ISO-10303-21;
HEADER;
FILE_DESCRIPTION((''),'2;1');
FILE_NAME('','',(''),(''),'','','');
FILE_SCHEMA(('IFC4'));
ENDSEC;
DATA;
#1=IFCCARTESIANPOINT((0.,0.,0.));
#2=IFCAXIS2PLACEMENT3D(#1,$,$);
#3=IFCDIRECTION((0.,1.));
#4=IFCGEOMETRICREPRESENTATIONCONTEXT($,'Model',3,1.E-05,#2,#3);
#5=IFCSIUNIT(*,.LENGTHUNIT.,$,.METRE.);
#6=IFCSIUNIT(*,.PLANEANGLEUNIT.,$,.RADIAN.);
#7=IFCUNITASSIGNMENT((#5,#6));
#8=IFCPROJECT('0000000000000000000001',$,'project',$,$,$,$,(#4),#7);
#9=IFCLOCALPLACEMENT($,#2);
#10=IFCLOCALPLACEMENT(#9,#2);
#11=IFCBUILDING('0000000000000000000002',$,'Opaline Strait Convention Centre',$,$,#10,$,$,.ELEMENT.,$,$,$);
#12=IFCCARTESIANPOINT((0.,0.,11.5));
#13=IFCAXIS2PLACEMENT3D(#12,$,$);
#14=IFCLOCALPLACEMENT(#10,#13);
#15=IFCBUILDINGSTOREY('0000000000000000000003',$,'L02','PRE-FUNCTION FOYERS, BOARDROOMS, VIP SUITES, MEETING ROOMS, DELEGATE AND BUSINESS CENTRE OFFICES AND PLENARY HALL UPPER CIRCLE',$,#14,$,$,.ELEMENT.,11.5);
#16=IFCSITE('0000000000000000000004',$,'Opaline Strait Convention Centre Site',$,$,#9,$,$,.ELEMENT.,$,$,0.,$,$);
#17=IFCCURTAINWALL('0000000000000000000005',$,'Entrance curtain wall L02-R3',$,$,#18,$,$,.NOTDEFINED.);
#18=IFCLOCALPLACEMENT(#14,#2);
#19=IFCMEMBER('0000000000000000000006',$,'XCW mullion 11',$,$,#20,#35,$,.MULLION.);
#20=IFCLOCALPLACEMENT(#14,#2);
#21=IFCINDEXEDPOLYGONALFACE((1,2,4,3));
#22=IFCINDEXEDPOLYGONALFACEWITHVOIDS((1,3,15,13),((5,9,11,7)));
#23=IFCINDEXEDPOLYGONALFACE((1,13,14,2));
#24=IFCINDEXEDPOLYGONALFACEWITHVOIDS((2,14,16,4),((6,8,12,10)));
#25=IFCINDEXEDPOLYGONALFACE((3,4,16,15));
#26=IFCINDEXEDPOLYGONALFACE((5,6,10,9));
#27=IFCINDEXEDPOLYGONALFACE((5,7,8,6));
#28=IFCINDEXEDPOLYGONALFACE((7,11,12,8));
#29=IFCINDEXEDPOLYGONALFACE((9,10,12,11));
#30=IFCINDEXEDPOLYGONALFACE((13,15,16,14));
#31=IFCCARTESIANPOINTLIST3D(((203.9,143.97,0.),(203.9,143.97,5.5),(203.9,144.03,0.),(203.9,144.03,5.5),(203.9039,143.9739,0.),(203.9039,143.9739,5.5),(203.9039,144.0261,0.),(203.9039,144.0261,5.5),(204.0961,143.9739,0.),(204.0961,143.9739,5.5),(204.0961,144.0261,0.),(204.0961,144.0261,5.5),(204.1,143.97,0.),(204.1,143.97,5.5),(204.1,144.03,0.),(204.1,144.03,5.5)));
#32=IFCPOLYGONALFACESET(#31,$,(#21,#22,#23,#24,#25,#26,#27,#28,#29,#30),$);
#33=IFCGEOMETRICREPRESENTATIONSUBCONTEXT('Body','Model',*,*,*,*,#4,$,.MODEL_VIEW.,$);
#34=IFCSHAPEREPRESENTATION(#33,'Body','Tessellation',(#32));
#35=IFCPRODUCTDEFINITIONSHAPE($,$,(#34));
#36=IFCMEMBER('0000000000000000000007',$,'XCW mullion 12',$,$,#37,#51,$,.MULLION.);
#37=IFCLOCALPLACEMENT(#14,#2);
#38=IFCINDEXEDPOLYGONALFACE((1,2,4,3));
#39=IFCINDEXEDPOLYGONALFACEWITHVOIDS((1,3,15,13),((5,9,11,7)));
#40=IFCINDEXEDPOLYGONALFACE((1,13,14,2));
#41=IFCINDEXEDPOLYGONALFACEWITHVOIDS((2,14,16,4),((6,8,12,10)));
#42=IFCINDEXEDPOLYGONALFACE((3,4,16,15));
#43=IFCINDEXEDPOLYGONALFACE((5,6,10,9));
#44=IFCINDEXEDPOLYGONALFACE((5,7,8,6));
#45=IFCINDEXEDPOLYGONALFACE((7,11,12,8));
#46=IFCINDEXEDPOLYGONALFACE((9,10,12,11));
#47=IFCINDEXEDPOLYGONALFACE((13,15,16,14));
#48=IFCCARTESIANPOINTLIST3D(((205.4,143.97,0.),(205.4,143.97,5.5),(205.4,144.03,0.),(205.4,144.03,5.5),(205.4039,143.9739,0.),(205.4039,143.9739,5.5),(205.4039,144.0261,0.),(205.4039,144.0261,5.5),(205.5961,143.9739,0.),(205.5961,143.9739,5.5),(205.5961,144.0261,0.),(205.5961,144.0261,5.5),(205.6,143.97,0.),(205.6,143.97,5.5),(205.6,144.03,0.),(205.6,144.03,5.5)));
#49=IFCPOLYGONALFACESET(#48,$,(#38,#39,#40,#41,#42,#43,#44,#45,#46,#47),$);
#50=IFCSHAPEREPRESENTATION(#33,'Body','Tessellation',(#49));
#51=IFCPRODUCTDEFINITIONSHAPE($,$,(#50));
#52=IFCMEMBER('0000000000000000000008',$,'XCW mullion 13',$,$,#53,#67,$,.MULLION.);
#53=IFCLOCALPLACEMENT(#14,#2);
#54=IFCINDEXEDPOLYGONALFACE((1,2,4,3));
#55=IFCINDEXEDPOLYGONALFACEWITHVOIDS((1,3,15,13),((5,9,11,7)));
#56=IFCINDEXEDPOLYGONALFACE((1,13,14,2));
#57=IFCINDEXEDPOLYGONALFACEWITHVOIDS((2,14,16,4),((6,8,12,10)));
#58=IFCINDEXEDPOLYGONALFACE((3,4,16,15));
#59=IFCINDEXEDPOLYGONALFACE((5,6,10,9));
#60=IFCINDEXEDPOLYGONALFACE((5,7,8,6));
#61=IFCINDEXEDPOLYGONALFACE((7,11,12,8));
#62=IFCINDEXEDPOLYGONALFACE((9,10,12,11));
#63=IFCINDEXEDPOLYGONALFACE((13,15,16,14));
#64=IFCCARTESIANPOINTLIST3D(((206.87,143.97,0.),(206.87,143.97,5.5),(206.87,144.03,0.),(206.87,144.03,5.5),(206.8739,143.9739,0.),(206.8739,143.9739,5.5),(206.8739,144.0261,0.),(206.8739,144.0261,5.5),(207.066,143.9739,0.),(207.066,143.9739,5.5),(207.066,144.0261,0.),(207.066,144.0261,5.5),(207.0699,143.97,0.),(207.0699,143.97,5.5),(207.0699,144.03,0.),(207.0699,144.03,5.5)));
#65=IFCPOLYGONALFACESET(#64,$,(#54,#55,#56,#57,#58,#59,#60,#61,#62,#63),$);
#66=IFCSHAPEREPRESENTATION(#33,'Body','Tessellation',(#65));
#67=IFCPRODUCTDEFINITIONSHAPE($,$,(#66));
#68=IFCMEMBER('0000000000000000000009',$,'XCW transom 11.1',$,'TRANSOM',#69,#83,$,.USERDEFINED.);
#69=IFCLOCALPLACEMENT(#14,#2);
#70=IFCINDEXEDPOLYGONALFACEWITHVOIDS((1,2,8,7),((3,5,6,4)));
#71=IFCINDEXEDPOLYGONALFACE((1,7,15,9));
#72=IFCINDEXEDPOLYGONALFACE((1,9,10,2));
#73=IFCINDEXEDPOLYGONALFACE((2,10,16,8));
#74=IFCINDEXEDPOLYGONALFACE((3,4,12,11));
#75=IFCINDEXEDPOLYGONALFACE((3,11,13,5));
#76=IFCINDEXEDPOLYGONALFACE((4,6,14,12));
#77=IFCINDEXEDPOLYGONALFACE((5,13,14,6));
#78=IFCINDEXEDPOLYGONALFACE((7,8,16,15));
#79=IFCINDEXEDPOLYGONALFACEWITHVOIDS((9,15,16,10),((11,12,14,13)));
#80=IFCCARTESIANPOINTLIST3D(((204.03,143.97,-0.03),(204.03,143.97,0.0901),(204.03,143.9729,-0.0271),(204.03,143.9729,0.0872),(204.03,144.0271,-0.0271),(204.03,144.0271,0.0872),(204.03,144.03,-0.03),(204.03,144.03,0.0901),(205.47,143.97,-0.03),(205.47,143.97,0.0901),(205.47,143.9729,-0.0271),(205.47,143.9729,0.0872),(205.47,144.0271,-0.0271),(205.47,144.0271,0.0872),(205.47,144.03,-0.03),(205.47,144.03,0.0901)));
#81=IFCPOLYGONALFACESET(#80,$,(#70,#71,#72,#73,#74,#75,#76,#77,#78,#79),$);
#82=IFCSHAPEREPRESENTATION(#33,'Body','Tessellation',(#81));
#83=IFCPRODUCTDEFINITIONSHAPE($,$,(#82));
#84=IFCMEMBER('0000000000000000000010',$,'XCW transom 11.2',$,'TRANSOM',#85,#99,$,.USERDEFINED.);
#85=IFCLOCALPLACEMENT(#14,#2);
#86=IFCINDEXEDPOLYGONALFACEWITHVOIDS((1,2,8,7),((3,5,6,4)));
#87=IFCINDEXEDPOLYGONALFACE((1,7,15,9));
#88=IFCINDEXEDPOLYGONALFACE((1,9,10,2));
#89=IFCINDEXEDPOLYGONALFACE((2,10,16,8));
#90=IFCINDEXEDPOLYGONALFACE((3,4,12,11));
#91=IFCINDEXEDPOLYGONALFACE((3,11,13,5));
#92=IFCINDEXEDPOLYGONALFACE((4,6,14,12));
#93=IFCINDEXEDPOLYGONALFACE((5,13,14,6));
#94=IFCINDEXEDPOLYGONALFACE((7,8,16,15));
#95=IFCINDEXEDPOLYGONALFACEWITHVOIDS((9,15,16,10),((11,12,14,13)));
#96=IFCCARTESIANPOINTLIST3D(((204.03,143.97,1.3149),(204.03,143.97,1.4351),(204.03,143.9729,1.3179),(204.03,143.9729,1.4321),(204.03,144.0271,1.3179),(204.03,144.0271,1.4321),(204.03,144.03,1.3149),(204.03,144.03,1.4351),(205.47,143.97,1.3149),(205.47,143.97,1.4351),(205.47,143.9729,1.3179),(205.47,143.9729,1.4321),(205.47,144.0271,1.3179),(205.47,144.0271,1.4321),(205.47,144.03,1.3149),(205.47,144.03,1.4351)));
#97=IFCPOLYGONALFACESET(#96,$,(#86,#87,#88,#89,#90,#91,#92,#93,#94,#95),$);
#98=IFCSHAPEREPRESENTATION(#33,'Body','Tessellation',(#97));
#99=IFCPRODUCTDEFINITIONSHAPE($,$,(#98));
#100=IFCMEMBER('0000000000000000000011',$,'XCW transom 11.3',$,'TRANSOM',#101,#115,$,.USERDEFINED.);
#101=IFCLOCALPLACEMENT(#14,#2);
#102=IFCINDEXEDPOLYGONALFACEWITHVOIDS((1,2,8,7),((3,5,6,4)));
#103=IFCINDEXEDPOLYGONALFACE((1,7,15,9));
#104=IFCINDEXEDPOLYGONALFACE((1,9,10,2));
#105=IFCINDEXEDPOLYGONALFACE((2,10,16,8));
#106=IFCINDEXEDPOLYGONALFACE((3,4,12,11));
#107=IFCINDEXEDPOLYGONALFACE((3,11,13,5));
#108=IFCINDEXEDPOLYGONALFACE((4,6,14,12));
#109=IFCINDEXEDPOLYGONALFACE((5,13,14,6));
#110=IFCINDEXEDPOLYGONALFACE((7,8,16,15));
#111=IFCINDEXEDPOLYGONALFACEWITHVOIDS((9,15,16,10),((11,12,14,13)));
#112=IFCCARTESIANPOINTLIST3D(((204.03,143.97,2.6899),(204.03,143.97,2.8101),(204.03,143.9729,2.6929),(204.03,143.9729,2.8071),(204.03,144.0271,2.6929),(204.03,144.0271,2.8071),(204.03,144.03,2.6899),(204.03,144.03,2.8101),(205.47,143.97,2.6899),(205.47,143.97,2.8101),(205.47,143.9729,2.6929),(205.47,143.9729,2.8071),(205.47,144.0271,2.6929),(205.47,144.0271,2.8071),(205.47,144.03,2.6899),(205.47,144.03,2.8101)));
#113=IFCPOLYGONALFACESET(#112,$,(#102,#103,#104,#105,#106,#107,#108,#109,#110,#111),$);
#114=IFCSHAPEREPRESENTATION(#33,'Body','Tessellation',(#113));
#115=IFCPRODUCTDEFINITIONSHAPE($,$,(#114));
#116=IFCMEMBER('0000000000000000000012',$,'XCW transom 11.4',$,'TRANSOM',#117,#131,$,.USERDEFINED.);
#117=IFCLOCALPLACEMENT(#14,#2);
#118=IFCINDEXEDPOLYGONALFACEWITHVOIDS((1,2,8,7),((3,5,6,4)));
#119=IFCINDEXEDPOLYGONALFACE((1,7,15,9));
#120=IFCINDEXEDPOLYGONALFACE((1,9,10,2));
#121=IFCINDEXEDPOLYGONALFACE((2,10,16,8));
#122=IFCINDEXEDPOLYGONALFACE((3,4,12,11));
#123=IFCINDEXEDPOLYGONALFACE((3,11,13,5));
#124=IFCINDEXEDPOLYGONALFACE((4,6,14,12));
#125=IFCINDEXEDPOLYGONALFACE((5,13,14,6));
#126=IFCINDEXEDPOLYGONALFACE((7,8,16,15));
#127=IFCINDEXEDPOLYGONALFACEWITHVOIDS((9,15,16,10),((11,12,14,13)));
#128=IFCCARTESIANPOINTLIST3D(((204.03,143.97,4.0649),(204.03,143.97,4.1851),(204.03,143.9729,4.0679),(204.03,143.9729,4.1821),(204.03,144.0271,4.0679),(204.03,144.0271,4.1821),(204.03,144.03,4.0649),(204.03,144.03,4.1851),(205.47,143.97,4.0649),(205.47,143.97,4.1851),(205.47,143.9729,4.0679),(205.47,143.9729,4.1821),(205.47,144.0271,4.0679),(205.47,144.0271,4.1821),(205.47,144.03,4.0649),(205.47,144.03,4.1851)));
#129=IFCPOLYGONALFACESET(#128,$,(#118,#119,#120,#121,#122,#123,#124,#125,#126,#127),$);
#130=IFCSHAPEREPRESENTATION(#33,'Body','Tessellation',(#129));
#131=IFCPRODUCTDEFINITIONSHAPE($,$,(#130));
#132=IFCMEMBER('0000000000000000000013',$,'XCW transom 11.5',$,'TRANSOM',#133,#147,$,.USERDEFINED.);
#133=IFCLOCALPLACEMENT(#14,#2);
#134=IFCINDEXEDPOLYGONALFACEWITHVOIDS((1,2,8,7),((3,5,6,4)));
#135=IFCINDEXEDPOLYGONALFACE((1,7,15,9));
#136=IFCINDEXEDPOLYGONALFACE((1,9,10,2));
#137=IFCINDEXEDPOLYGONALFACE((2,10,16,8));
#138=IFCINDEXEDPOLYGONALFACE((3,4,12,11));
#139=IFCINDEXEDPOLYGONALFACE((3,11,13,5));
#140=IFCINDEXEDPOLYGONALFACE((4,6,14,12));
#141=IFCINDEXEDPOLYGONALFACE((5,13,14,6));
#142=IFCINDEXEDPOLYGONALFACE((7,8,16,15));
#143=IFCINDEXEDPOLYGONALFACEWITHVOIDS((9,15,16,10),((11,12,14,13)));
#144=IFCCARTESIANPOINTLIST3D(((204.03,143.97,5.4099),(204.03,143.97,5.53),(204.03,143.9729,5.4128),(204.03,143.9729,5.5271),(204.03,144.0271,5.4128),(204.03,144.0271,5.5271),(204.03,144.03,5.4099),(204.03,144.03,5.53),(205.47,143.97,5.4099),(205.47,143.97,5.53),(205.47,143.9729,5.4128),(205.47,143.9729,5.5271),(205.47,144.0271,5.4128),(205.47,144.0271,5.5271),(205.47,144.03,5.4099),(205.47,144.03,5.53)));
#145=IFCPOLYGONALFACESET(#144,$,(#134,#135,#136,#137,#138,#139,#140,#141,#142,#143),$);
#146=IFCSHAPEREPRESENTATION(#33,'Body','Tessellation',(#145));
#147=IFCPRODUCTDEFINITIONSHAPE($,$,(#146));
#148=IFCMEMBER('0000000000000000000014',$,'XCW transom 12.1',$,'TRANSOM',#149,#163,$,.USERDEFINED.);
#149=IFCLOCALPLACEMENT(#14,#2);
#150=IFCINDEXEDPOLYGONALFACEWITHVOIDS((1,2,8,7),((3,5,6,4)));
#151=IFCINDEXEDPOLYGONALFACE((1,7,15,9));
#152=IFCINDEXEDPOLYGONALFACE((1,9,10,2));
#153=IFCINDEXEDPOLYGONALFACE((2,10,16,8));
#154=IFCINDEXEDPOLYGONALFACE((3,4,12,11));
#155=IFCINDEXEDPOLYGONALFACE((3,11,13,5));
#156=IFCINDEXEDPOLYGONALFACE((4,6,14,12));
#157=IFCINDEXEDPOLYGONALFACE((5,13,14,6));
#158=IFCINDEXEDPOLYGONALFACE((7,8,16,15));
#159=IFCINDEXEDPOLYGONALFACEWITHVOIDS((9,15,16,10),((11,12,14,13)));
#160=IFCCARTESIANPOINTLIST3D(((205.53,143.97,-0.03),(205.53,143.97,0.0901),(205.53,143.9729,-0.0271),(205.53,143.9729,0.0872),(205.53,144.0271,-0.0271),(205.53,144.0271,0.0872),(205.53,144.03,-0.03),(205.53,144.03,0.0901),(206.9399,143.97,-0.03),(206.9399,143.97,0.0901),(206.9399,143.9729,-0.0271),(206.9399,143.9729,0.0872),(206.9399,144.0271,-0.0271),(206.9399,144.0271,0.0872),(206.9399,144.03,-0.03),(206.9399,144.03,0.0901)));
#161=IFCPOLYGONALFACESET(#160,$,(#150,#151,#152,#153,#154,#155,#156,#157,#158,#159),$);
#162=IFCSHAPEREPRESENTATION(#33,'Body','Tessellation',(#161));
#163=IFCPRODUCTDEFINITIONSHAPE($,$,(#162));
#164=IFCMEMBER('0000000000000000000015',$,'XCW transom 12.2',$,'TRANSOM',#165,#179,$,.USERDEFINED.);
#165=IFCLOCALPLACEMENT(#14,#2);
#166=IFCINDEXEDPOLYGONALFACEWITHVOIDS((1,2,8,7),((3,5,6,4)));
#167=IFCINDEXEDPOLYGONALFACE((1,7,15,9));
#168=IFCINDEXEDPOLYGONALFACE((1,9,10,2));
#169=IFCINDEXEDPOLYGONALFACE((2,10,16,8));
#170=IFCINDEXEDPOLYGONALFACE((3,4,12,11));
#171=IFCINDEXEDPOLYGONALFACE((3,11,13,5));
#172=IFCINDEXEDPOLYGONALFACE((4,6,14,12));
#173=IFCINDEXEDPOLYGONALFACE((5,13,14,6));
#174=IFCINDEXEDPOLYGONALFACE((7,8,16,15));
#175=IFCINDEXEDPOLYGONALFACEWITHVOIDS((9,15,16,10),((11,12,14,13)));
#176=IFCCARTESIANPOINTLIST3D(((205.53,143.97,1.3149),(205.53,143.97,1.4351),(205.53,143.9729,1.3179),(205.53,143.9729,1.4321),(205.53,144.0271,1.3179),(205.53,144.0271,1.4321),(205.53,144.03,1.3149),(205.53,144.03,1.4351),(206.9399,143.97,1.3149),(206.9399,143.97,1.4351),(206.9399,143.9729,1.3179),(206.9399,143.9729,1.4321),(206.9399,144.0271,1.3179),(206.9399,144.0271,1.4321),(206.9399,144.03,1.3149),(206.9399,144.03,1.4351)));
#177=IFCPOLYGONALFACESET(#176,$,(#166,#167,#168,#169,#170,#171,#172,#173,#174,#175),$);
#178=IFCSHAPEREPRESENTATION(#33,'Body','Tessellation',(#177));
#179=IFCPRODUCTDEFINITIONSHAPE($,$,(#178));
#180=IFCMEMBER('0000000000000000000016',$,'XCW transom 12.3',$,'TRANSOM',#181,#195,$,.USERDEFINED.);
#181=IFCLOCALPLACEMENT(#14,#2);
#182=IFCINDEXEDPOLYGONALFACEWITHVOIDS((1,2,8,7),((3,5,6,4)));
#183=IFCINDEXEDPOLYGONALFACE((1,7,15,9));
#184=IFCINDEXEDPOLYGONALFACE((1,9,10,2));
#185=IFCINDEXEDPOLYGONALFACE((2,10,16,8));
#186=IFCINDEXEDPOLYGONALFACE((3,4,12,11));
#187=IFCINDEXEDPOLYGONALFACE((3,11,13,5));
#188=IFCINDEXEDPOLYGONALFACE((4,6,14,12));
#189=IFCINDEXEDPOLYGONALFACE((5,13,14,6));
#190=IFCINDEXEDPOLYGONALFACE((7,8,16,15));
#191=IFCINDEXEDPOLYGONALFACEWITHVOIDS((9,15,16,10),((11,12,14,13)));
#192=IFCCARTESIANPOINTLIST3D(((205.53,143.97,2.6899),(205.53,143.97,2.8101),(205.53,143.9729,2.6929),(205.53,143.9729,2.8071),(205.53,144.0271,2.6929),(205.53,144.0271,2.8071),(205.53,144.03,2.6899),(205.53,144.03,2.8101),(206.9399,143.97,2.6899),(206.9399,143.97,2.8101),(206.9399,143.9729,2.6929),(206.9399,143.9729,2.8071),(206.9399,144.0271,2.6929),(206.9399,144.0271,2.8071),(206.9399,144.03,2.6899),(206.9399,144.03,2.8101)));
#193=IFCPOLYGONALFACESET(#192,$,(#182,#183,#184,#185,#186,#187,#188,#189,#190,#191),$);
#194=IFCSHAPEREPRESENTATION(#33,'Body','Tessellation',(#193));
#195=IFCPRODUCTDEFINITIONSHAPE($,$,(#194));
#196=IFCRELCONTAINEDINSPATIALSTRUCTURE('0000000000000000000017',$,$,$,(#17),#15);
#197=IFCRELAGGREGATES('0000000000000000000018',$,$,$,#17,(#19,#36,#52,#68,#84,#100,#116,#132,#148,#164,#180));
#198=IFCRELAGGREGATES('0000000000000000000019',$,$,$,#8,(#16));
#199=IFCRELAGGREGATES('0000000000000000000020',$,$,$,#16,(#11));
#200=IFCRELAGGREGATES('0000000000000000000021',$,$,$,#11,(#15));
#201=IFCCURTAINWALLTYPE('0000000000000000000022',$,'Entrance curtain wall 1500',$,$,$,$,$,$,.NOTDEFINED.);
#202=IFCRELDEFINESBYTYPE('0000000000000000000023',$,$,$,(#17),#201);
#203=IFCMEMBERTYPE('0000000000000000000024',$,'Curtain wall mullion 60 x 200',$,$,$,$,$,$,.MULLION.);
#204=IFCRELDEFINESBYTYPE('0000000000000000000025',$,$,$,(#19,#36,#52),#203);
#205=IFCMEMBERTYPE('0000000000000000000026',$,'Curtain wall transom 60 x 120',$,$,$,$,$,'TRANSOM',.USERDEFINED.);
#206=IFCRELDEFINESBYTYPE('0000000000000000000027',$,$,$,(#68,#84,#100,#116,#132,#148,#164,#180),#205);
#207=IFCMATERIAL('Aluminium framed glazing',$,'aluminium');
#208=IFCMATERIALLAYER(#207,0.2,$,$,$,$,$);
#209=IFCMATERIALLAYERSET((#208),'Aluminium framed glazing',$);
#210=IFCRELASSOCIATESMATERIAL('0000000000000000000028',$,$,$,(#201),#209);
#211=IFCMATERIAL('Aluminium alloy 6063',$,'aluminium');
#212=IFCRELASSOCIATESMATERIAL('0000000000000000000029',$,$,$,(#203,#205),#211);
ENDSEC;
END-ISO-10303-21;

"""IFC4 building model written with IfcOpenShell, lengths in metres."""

from ifc_helpers import new_model, si_unit, direction, frame, origin, origin_2d, place, context, subcontext, project, spatial, hollow_rectangle, extrude, material, layer, layer_set, material_profile, profile_set, type_object, element, aggregate, save


model = new_model("IFC4")

# Units and contexts
model_context = context("Model", 3, precision=1e-05, world=origin(), true_north=direction((0.0, 1.0)))
body_context = subcontext(model_context, "Body", "Model", "MODEL_VIEW")
ifc_project = project(units=[si_unit("LENGTHUNIT", "METRE"), si_unit("PLANEANGLEUNIT", "RADIAN")], contexts=[model_context])

# Site, building, storey
site_placement = place(None, origin())
site = spatial("IfcSite", under=ifc_project, at=site_placement, Name="Opaline Strait Convention Centre Site", CompositionType="ELEMENT", RefElevation=0.0)
building_placement = place(site_placement, origin())
building = spatial("IfcBuilding", under=site, at=building_placement, Name="Opaline Strait Convention Centre", CompositionType="ELEMENT")
storey_placement = place(building_placement, frame((0.0, 0.0, 11.5)))
storey = spatial("IfcBuildingStorey", under=building, at=storey_placement, Name="L02", Description="PRE-FUNCTION FOYERS, BOARDROOMS, VIP SUITES, MEETING ROOMS, DELEGATE AND BUSINESS CENTRE OFFICES AND PLENARY HALL UPPER CIRCLE", CompositionType="ELEMENT", Elevation=11.5)

# Curtain wall, members
ifc_material_1 = material(Name="Aluminium framed glazing", Category="aluminium")
ifc_layer_1 = layer(ifc_material_1, 0.2)
ifc_layer_set_1 = layer_set([ifc_layer_1], Name="Aluminium framed glazing")
curtain_wall_type = type_object("IfcCurtainWallType", Name="Entrance curtain wall 1500", PredefinedType="NOTDEFINED", material=ifc_layer_set_1)
curtain_wall_placement = place(storey_placement, origin())
curtain_wall = element("IfcCurtainWall", 1, at=curtain_wall_placement, inside=storey, type_object=curtain_wall_type, Name="Entrance curtain wall L02-R3", PredefinedType="NOTDEFINED")
ifc_material_2 = material(Name="Aluminium alloy 6063", Category="aluminium")
ifc_material_profile_1 = material_profile(ifc_material_2, hollow_rectangle(XDim=0.0601, YDim=0.2, WallThickness=0.0039, at=origin_2d()), Name="MULLION 60x200x4")
ifc_profile_set_1 = profile_set([ifc_material_profile_1], Name="Aluminium alloy 6063")
member_type_1 = type_object("IfcMemberType", Name="Curtain wall mullion 60 x 200", PredefinedType="MULLION", material=ifc_profile_set_1)
member_1_placement = place(storey_placement, frame((204.0, 144.0, 0.0), z_axis=(0.0, 0.0, 1.0), x_axis=(0.0, 1.0, 0.0)))
member_1 = element("IfcMember", 2, at=member_1_placement, type_object=member_type_1, Name="XCW mullion 11", PredefinedType="MULLION", context=body_context, shape_type="SweptSolid", body=[
    extrude(hollow_rectangle(XDim=0.0601, YDim=0.2, WallThickness=0.0039, at=origin_2d()), origin(), (0.0, 0.0, 1.0), 5.5),
])
member_2_placement = place(storey_placement, frame((205.5, 144.0, 0.0), z_axis=(0.0, 0.0, 1.0), x_axis=(0.0, 1.0, 0.0)))
member_2 = element("IfcMember", 3, at=member_2_placement, type_object=member_type_1, Name="XCW mullion 12", PredefinedType="MULLION", context=body_context, shape_type="SweptSolid", body=[
    extrude(hollow_rectangle(XDim=0.0601, YDim=0.2, WallThickness=0.0039, at=origin_2d()), origin(), (0.0, 0.0, 1.0), 5.5),
])
member_3_placement = place(storey_placement, frame((206.97, 144.0, 0.0), z_axis=(0.0, 0.0, 1.0), x_axis=(0.0, 1.0, 0.0)))
member_3 = element("IfcMember", 4, at=member_3_placement, type_object=member_type_1, Name="XCW mullion 13", PredefinedType="MULLION", context=body_context, shape_type="SweptSolid", body=[
    extrude(hollow_rectangle(XDim=0.0601, YDim=0.2, WallThickness=0.0039, at=origin_2d()), origin(), (0.0, 0.0, 1.0), 5.5),
])
ifc_material_profile_2 = material_profile(ifc_material_2, hollow_rectangle(XDim=0.0601, YDim=0.1201, WallThickness=0.0029, at=origin_2d()), Name="TRANSOM 60x120x3")
ifc_profile_set_2 = profile_set([ifc_material_profile_2], Name="Aluminium alloy 6063")
member_type_2 = type_object("IfcMemberType", Name="Curtain wall transom 60 x 120", ElementType="TRANSOM", PredefinedType="USERDEFINED", material=ifc_profile_set_2)
member_4_placement = place(storey_placement, frame((204.03, 144.0, 0.03), z_axis=(1.0, 0.0, 0.0), x_axis=(0.0, 1.0, 0.0)))
member_4 = element("IfcMember", 5, at=member_4_placement, type_object=member_type_2, Name="XCW transom 11.1", ObjectType="TRANSOM", PredefinedType="USERDEFINED", context=body_context, shape_type="SweptSolid", body=[
    extrude(hollow_rectangle(XDim=0.0601, YDim=0.1201, WallThickness=0.0029, at=origin_2d()), origin(), (0.0, 0.0, 1.0), 1.4399),
])
member_5_placement = place(storey_placement, frame((204.03, 144.0, 1.375), z_axis=(1.0, 0.0, 0.0), x_axis=(0.0, 1.0, 0.0)))
member_5 = element("IfcMember", 6, at=member_5_placement, type_object=member_type_2, Name="XCW transom 11.2", ObjectType="TRANSOM", PredefinedType="USERDEFINED", context=body_context, shape_type="SweptSolid", body=[
    extrude(hollow_rectangle(XDim=0.0601, YDim=0.1201, WallThickness=0.0029, at=origin_2d()), origin(), (0.0, 0.0, 1.0), 1.4399),
])
member_6_placement = place(storey_placement, frame((204.03, 144.0, 2.75), z_axis=(1.0, 0.0, 0.0), x_axis=(0.0, 1.0, 0.0)))
member_6 = element("IfcMember", 7, at=member_6_placement, type_object=member_type_2, Name="XCW transom 11.3", ObjectType="TRANSOM", PredefinedType="USERDEFINED", context=body_context, shape_type="SweptSolid", body=[
    extrude(hollow_rectangle(XDim=0.0601, YDim=0.1201, WallThickness=0.0029, at=origin_2d()), origin(), (0.0, 0.0, 1.0), 1.4399),
])
member_7_placement = place(storey_placement, frame((204.03, 144.0, 4.125), z_axis=(1.0, 0.0, 0.0), x_axis=(0.0, 1.0, 0.0)))
member_7 = element("IfcMember", 8, at=member_7_placement, type_object=member_type_2, Name="XCW transom 11.4", ObjectType="TRANSOM", PredefinedType="USERDEFINED", context=body_context, shape_type="SweptSolid", body=[
    extrude(hollow_rectangle(XDim=0.0601, YDim=0.1201, WallThickness=0.0029, at=origin_2d()), origin(), (0.0, 0.0, 1.0), 1.4399),
])
member_8_placement = place(storey_placement, frame((204.03, 144.0, 5.47), z_axis=(1.0, 0.0, 0.0), x_axis=(0.0, 1.0, 0.0)))
member_8 = element("IfcMember", 9, at=member_8_placement, type_object=member_type_2, Name="XCW transom 11.5", ObjectType="TRANSOM", PredefinedType="USERDEFINED", context=body_context, shape_type="SweptSolid", body=[
    extrude(hollow_rectangle(XDim=0.0601, YDim=0.1201, WallThickness=0.0029, at=origin_2d()), origin(), (0.0, 0.0, 1.0), 1.4399),
])
member_9_placement = place(storey_placement, frame((205.53, 144.0, 0.03), z_axis=(1.0, 0.0, 0.0), x_axis=(0.0, 1.0, 0.0)))
member_9 = element("IfcMember", 10, at=member_9_placement, type_object=member_type_2, Name="XCW transom 12.1", ObjectType="TRANSOM", PredefinedType="USERDEFINED", context=body_context, shape_type="SweptSolid", body=[
    extrude(hollow_rectangle(XDim=0.0601, YDim=0.1201, WallThickness=0.0029, at=origin_2d()), origin(), (0.0, 0.0, 1.0), 1.4099),
])
member_10_placement = place(storey_placement, frame((205.53, 144.0, 1.375), z_axis=(1.0, 0.0, 0.0), x_axis=(0.0, 1.0, 0.0)))
member_10 = element("IfcMember", 11, at=member_10_placement, type_object=member_type_2, Name="XCW transom 12.2", ObjectType="TRANSOM", PredefinedType="USERDEFINED", context=body_context, shape_type="SweptSolid", body=[
    extrude(hollow_rectangle(XDim=0.0601, YDim=0.1201, WallThickness=0.0029, at=origin_2d()), origin(), (0.0, 0.0, 1.0), 1.4099),
])
member_11_placement = place(storey_placement, frame((205.53, 144.0, 2.75), z_axis=(1.0, 0.0, 0.0), x_axis=(0.0, 1.0, 0.0)))
member_11 = element("IfcMember", 12, at=member_11_placement, type_object=member_type_2, Name="XCW transom 12.3", ObjectType="TRANSOM", PredefinedType="USERDEFINED", context=body_context, shape_type="SweptSolid", body=[
    extrude(hollow_rectangle(XDim=0.0601, YDim=0.1201, WallThickness=0.0029, at=origin_2d()), origin(), (0.0, 0.0, 1.0), 1.4099),
])

aggregate(curtain_wall, [member_1, member_2, member_3, member_4, member_5, member_6, member_7, member_8, member_9, member_10, member_11])

save(model, "model.ifc")
